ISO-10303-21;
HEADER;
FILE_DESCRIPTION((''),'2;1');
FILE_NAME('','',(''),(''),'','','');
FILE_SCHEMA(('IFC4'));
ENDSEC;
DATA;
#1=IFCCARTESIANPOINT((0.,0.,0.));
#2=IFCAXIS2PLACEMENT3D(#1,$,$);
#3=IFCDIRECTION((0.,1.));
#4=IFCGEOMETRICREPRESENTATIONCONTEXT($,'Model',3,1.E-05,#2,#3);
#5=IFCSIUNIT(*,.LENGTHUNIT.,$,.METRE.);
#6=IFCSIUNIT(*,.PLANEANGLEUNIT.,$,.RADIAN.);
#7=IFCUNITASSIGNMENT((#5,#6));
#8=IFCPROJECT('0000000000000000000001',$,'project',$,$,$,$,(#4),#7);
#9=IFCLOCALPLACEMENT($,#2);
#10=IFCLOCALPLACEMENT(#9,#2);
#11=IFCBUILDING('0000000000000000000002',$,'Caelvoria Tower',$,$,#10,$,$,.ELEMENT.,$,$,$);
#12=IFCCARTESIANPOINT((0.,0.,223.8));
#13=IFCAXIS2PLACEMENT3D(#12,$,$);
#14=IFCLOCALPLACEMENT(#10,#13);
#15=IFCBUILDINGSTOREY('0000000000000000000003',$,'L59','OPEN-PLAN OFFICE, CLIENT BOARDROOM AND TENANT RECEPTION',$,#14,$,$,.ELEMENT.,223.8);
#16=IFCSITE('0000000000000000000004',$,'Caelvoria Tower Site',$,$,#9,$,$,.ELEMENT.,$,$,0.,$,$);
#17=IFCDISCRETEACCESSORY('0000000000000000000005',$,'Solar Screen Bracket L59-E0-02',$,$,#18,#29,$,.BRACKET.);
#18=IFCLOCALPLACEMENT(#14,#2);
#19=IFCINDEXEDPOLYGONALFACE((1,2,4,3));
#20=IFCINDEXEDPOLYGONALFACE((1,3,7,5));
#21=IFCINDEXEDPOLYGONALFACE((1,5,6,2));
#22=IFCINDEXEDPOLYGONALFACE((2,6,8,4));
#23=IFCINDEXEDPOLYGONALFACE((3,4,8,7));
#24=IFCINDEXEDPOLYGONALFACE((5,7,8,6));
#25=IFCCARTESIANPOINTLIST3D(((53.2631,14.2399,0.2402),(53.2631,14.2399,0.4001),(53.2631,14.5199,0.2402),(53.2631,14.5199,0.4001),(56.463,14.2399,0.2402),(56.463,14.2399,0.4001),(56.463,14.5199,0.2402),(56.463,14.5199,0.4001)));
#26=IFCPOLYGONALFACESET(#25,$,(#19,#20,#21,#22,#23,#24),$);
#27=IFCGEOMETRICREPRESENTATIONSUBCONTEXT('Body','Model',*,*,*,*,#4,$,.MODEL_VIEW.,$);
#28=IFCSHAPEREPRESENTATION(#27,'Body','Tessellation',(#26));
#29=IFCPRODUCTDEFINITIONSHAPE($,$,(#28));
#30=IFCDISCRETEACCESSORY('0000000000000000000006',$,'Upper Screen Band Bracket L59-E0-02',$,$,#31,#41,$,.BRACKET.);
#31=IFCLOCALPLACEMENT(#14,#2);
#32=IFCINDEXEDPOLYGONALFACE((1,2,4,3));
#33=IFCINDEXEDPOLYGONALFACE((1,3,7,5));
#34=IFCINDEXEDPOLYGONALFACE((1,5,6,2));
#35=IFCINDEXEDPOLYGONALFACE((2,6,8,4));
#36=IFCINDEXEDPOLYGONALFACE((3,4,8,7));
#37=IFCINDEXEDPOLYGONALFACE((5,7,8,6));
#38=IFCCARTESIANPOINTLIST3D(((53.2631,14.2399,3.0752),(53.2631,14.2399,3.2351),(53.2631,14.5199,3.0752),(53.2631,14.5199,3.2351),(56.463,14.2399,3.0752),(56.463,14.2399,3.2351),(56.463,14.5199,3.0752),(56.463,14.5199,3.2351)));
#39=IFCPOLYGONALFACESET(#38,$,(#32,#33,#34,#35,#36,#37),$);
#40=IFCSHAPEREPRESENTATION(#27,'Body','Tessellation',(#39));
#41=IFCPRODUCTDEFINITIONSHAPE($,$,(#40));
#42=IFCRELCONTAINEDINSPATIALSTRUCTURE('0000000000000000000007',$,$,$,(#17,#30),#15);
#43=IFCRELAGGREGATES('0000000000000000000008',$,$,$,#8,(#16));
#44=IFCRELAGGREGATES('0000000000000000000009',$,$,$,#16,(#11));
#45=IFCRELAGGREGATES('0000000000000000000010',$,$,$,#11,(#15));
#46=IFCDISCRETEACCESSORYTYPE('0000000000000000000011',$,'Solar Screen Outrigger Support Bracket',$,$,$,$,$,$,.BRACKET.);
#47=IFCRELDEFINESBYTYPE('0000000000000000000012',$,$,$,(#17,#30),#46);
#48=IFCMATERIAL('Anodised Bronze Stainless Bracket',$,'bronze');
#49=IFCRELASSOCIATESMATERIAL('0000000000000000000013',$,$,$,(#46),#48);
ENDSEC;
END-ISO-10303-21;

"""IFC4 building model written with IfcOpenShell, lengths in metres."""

from ifc_helpers import new_model, si_unit, direction, frame, origin, origin_2d, place, context, subcontext, project, spatial, rectangle, extrude, material, type_object, element, save


model = new_model("IFC4")

# Units and contexts
model_context = context("Model", 3, precision=1e-05, world=origin(), true_north=direction((0.0, 1.0)))
body_context = subcontext(model_context, "Body", "Model", "MODEL_VIEW")
ifc_project = project(units=[si_unit("LENGTHUNIT", "METRE"), si_unit("PLANEANGLEUNIT", "RADIAN")], contexts=[model_context])

# Site, building, storey
site_placement = place(None, origin())
site = spatial("IfcSite", under=ifc_project, at=site_placement, Name="Caelvoria Tower Site", CompositionType="ELEMENT", RefElevation=0.0)
building_placement = place(site_placement, origin())
building = spatial("IfcBuilding", under=site, at=building_placement, Name="Caelvoria Tower", CompositionType="ELEMENT")
storey_placement = place(building_placement, frame((0.0, 0.0, 223.8)))
storey = spatial("IfcBuildingStorey", under=building, at=storey_placement, Name="L59", Description="OPEN-PLAN OFFICE, CLIENT BOARDROOM AND TENANT RECEPTION", CompositionType="ELEMENT", Elevation=223.8)

# Discrete accessories
ifc_material_1 = material(Name="Anodised Bronze Stainless Bracket", Category="bronze")
discrete_accessory_type = type_object("IfcDiscreteAccessoryType", Name="Solar Screen Outrigger Support Bracket", PredefinedType="BRACKET", material=ifc_material_1)
for number, where, z_axis, x_axis, name in (
    (1, (54.863, 14.3799, 0.2402), (0.0, 0.0, 1.0), (1.0, 0.0, 0.0), "Solar Screen Bracket L59-E0-02"),
    (2, (54.863, 14.3799, 3.0752), (0.0, 0.0, 1.0), (1.0, 0.0, 0.0), "Upper Screen Band Bracket L59-E0-02"),
):
    element("IfcDiscreteAccessory", number, at=place(storey_placement, frame(where, z_axis=z_axis, x_axis=x_axis)), inside=storey, type_object=discrete_accessory_type, Name=name, PredefinedType="BRACKET", context=body_context, shape_type="SweptSolid", body=[
        extrude(rectangle(XDim=3.2, YDim=0.28, at=origin_2d()), origin(), (0.0, 0.0, 1.0), 0.1599),
    ])

save(model, "model.ifc")
